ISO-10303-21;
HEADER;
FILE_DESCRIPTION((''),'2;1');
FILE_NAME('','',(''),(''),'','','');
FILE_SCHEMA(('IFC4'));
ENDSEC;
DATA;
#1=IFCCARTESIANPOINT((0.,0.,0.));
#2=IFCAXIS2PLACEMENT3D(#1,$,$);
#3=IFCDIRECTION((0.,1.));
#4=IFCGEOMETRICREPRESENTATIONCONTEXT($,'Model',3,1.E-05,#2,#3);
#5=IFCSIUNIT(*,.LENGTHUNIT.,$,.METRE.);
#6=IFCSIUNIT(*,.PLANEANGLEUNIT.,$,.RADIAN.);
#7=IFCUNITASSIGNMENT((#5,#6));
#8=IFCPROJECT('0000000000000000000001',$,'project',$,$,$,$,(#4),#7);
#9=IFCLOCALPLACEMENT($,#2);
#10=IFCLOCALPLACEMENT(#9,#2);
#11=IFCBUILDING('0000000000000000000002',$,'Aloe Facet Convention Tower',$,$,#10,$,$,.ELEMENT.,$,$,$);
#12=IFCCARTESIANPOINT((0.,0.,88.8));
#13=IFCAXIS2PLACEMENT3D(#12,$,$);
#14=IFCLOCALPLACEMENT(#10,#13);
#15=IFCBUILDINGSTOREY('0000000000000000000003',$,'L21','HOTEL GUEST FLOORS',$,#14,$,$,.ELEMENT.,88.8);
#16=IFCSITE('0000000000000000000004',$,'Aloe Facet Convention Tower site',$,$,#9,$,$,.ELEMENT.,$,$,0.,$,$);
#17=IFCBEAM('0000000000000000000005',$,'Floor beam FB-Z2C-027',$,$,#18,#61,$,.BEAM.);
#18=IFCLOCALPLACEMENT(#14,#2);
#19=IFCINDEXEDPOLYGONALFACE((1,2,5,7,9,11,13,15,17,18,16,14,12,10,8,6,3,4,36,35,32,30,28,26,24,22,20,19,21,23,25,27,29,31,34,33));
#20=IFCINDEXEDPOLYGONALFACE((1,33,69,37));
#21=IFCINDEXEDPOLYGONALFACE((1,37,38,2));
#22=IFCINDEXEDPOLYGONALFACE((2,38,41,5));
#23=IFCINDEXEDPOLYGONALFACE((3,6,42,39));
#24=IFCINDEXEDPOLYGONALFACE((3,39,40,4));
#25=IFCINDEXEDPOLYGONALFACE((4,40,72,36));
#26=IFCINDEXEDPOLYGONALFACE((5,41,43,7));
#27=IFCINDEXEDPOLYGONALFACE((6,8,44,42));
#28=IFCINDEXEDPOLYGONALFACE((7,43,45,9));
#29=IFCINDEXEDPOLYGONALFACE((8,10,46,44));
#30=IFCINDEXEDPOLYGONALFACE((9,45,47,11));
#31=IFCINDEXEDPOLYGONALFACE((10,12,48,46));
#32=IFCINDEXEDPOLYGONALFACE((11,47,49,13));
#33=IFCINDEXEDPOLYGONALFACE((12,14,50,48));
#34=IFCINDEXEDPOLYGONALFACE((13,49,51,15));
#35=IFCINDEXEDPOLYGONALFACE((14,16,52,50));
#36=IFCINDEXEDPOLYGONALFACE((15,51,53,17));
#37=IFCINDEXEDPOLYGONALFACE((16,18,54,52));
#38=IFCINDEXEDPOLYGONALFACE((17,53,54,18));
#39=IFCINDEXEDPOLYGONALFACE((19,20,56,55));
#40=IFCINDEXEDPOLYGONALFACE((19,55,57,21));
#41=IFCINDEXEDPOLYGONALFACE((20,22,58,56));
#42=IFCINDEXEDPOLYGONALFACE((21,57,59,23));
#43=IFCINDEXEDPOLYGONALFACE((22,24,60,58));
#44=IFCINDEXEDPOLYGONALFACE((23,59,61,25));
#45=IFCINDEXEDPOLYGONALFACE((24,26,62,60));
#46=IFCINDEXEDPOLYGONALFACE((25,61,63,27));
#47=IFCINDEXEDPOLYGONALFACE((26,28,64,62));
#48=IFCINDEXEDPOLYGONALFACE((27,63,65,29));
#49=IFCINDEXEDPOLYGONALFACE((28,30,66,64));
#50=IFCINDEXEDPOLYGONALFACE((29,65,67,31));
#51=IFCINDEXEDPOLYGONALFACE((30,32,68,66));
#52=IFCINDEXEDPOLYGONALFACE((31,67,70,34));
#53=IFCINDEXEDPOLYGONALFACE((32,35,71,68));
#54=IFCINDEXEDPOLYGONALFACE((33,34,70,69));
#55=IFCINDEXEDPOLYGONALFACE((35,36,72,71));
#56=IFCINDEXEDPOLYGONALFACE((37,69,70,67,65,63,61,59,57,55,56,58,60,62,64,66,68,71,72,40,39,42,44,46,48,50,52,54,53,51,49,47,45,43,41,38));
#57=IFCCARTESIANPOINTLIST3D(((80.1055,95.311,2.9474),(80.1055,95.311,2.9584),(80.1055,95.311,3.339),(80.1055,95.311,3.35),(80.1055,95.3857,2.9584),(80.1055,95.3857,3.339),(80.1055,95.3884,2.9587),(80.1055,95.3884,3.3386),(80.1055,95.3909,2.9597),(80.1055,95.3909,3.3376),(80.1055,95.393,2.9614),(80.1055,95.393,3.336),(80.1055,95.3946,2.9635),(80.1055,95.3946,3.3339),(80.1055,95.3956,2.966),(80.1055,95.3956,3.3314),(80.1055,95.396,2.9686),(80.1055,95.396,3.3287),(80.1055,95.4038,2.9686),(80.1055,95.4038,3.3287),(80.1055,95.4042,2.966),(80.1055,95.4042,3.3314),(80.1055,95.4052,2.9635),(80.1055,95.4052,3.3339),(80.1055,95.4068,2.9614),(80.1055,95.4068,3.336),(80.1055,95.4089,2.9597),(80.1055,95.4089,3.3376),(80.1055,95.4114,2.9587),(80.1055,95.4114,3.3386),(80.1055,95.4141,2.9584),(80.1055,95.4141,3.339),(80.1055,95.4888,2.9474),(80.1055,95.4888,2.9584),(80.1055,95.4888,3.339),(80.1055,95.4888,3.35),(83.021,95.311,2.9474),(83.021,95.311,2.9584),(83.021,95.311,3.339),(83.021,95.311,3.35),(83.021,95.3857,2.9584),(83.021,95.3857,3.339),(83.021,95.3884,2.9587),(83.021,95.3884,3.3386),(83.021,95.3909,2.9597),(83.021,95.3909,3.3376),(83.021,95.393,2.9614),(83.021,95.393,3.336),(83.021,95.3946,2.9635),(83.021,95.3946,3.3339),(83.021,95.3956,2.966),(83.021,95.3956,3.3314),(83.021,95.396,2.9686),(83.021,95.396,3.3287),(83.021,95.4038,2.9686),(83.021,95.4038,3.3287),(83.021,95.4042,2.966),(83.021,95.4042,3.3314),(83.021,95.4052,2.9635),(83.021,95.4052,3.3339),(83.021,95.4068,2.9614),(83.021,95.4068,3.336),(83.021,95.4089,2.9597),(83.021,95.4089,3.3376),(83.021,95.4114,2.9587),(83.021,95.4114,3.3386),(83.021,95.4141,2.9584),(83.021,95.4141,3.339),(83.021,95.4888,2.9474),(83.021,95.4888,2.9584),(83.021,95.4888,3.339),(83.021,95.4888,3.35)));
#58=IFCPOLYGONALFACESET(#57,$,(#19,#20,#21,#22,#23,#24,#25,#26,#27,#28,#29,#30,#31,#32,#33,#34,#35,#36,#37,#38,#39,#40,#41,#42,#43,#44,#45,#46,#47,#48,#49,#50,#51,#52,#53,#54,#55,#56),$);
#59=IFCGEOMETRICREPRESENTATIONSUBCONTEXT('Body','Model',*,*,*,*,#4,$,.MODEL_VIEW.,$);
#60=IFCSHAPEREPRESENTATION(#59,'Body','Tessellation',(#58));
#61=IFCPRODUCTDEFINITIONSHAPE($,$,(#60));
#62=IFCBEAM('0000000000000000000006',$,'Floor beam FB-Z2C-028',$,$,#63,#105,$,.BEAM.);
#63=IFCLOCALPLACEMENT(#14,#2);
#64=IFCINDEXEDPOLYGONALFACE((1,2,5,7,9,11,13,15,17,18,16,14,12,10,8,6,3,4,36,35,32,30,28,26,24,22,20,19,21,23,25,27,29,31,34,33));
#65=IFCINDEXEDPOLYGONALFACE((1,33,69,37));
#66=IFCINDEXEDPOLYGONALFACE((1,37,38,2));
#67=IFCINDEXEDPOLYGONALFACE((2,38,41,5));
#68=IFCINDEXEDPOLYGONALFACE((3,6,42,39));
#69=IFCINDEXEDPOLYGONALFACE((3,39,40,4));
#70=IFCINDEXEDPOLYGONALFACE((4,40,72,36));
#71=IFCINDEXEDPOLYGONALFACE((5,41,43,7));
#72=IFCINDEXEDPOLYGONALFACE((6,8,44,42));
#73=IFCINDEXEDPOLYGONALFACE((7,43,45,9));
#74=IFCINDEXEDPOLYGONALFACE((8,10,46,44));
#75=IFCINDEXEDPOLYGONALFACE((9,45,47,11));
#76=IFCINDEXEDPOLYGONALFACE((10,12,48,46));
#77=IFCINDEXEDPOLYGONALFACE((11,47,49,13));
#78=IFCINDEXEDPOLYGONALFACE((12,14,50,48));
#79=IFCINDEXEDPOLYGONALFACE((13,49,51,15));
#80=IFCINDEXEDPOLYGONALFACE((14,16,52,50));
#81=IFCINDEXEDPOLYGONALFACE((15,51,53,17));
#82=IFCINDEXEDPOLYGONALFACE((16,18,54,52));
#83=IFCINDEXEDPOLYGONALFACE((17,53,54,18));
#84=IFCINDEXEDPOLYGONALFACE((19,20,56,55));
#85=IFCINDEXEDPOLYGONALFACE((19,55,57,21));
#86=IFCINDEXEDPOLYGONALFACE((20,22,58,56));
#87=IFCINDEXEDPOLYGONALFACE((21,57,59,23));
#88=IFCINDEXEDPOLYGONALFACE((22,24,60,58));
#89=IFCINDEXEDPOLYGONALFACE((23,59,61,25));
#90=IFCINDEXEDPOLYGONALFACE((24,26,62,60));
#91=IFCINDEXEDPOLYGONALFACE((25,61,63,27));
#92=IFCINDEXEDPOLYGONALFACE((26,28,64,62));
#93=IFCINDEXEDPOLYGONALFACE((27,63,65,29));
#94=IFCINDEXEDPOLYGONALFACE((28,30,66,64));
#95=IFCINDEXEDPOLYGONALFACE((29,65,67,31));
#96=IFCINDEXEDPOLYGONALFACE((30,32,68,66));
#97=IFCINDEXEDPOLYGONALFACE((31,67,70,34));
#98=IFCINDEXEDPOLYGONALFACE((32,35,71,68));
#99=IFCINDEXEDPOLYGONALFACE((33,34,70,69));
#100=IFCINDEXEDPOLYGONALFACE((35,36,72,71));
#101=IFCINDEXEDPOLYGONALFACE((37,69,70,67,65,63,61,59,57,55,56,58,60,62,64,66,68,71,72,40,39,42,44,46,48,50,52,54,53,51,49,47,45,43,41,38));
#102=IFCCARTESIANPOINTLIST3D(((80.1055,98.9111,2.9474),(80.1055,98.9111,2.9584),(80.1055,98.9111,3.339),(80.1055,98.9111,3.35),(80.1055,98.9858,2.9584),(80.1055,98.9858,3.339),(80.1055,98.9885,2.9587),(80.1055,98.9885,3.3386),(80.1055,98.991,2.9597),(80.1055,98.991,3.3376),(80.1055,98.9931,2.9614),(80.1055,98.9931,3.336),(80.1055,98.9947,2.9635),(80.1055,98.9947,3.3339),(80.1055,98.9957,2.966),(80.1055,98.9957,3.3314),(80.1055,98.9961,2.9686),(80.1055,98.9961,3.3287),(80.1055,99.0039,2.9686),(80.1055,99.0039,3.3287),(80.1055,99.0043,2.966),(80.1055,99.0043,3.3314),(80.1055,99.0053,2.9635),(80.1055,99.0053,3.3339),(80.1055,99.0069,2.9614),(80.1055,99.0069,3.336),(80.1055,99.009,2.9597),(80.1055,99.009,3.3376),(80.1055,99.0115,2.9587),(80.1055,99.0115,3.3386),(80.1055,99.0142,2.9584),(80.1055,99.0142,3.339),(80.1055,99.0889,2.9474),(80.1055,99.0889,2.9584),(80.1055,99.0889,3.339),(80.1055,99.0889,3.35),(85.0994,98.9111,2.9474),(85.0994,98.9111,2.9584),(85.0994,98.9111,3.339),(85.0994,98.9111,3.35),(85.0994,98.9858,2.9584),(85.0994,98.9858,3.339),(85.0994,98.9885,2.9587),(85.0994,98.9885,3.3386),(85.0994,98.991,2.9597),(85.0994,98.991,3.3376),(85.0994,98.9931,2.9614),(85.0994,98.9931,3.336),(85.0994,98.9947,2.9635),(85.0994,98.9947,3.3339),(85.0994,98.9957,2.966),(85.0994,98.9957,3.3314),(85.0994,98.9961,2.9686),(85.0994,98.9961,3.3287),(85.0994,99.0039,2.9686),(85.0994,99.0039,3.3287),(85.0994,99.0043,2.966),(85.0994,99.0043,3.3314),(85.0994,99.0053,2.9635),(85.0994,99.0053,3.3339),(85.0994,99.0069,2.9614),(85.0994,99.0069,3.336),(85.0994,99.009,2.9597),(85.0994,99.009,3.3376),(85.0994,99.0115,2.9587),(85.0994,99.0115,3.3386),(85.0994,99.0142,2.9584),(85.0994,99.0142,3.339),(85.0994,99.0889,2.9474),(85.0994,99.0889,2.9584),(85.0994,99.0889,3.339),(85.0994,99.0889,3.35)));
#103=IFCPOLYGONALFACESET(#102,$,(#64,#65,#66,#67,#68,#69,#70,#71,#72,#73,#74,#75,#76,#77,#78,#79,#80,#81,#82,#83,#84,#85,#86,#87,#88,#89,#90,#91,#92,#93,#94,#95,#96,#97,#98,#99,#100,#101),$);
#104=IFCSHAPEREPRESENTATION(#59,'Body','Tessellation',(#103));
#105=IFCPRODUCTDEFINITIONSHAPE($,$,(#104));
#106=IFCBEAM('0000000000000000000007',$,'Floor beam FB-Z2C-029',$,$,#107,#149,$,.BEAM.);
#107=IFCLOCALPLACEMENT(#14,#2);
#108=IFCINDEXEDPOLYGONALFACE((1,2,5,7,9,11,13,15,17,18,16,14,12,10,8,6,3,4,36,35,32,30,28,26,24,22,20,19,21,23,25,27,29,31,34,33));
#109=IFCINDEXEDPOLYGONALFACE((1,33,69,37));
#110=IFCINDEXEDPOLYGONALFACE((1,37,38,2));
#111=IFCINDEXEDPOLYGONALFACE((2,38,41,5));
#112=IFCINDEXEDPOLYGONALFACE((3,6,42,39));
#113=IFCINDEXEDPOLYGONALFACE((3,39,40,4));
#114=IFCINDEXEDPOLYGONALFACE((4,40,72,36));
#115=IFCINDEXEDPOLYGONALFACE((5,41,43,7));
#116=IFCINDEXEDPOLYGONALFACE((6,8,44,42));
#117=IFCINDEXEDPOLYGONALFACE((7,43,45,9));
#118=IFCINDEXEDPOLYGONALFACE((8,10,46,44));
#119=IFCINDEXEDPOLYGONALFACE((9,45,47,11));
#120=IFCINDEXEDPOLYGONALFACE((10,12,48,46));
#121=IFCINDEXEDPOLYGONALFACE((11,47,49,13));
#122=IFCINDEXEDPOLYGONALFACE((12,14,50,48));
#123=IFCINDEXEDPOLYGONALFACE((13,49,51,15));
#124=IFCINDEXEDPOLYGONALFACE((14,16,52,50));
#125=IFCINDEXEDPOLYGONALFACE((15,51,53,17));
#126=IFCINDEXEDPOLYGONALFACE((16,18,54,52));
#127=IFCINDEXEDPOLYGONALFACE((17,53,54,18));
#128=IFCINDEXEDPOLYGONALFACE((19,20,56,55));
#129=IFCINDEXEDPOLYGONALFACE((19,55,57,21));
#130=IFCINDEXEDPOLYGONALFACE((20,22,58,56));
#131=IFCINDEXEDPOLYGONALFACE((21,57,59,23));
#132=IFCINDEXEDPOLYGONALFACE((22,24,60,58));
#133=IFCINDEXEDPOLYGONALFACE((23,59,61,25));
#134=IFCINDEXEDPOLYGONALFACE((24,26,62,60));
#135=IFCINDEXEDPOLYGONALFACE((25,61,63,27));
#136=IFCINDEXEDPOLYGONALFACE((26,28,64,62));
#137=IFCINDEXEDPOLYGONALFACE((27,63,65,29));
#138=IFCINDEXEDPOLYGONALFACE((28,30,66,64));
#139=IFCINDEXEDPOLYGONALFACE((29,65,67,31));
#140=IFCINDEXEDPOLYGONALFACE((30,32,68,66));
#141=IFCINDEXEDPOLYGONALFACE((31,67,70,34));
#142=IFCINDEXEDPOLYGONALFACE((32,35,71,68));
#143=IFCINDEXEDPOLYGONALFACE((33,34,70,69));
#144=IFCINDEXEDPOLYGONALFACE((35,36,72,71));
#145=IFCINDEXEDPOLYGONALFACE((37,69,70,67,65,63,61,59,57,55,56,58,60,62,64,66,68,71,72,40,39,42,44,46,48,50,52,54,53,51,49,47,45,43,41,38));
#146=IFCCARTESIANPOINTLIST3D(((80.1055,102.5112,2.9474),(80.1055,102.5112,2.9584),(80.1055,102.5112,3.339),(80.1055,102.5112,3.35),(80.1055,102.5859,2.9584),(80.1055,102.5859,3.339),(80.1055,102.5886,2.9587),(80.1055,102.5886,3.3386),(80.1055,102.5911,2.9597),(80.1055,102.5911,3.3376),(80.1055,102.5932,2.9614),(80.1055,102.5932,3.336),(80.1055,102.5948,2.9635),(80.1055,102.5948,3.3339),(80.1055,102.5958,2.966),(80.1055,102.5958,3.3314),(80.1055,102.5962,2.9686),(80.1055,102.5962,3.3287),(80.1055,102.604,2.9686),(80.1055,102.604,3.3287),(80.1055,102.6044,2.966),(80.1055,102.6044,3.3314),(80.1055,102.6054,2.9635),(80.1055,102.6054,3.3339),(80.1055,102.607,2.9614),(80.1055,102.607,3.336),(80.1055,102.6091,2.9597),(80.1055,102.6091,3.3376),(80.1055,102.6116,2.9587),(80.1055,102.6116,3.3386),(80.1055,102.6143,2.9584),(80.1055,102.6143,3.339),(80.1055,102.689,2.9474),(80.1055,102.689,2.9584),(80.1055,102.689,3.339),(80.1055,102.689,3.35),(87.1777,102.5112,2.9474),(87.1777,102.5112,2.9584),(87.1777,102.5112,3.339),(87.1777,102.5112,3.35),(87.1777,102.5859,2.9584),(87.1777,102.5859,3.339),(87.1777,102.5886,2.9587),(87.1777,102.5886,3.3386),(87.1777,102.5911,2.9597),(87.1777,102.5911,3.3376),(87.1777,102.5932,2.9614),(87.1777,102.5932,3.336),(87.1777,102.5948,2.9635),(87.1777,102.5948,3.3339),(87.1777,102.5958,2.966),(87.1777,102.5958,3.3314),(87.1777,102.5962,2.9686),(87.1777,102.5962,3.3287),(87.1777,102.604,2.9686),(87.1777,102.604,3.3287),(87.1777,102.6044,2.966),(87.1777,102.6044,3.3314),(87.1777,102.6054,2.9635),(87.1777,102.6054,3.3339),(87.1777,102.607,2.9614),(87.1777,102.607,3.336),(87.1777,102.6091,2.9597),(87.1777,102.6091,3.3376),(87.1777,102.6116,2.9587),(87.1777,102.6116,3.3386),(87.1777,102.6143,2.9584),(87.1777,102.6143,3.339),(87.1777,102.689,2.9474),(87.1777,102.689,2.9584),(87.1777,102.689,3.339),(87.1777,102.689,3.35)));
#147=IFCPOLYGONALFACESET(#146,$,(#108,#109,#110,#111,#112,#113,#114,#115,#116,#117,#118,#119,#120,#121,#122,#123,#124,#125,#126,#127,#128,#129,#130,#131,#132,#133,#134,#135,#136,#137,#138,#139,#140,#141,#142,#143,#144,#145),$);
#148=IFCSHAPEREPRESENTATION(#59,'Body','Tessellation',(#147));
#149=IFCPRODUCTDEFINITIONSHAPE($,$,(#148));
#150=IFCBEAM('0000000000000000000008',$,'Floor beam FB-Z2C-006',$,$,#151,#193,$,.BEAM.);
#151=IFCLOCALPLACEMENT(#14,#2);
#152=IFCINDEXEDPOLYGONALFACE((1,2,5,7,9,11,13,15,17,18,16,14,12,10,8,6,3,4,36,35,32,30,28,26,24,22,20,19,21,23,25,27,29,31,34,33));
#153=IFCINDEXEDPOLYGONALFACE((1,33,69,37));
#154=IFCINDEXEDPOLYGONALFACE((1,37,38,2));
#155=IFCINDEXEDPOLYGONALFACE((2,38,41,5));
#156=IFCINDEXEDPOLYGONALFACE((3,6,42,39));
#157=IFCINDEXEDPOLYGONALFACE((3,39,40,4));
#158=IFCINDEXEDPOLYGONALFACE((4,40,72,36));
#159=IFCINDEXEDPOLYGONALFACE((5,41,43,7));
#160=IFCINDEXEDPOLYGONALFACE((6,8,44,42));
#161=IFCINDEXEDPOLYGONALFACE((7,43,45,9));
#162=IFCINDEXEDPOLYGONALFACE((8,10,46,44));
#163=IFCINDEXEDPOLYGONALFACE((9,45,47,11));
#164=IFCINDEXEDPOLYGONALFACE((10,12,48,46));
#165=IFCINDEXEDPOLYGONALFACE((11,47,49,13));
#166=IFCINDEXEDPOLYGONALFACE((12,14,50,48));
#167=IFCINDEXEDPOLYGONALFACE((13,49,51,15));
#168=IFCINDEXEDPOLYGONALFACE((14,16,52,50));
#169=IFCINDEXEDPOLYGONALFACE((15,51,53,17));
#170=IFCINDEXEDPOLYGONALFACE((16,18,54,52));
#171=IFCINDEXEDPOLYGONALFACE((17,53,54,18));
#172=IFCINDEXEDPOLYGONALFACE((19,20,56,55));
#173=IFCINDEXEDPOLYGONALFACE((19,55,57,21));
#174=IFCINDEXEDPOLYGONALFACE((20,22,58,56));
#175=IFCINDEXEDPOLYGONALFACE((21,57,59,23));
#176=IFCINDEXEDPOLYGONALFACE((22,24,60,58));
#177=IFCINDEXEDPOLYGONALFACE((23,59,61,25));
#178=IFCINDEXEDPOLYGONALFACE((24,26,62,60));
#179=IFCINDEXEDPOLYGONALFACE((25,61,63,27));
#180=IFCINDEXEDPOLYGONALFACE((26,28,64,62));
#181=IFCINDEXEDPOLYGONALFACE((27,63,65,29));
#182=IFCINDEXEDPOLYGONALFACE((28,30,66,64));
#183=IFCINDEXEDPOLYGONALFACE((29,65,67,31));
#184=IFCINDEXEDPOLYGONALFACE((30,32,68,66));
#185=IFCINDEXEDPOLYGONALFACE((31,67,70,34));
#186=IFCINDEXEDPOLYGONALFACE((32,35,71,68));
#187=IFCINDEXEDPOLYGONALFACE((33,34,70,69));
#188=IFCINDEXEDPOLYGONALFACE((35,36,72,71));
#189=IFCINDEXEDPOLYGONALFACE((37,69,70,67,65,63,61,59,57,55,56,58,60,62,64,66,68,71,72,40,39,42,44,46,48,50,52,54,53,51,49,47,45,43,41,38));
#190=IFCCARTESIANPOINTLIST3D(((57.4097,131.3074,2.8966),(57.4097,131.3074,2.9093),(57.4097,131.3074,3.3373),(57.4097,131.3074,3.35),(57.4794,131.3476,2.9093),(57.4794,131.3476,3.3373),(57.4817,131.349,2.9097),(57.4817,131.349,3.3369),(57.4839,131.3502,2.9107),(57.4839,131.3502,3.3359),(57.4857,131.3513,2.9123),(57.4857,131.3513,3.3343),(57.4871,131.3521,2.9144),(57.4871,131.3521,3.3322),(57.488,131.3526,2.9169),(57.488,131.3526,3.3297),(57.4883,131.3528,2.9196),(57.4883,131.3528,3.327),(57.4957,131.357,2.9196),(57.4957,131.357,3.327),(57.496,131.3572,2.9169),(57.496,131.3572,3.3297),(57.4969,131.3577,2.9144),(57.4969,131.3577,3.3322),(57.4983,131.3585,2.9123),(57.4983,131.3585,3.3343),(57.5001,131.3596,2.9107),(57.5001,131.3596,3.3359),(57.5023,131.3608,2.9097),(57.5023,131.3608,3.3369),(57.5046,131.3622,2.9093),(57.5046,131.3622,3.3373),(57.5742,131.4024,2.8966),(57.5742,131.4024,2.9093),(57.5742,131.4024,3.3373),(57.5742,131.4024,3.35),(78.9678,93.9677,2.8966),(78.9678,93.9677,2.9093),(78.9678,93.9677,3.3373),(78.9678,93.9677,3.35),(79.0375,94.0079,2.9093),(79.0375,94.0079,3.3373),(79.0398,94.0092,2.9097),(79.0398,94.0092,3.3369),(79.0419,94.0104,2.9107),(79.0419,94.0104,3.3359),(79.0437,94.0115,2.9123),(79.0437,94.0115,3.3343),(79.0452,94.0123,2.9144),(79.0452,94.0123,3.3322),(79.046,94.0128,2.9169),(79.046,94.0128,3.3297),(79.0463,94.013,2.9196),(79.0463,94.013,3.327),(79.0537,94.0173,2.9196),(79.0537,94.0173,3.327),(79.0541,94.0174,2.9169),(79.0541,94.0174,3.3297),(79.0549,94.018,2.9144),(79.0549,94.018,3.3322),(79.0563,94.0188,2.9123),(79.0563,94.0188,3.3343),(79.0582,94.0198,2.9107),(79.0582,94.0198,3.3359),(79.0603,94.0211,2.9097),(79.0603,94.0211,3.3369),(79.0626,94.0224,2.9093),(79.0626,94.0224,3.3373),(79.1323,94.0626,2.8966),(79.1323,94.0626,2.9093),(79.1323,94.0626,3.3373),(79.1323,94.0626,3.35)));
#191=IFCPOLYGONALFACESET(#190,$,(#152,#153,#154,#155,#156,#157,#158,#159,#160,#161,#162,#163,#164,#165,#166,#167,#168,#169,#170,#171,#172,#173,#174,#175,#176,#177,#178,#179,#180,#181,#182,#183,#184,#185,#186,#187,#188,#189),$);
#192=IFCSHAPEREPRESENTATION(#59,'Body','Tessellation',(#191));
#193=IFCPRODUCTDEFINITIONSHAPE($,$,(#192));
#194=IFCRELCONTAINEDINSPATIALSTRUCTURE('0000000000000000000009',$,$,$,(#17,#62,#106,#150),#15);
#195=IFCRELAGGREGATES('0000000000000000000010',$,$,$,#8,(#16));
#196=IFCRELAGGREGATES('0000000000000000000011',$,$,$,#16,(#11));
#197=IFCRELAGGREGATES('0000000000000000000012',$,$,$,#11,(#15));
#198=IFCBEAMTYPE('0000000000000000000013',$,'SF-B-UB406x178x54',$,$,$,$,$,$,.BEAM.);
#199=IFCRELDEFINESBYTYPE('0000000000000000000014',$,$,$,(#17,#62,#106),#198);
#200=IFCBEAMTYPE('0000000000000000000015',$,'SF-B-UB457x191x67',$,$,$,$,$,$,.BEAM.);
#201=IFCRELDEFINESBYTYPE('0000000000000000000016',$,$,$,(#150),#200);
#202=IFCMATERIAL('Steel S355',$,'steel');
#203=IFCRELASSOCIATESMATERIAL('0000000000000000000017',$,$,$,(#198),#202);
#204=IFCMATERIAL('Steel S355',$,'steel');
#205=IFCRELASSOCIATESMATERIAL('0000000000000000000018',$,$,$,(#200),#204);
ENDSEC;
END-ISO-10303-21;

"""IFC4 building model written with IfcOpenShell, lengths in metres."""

from ifc_helpers import new_model, si_unit, direction, frame, origin, origin_2d, place, context, subcontext, project, spatial, i_section, extrude, material, material_profile, profile_set, type_object, element, save


model = new_model("IFC4")

# Units and contexts
model_context = context("Model", 3, precision=1e-05, world=origin(), true_north=direction((0.0, 1.0)))
body_context = subcontext(model_context, "Body", "Model", "MODEL_VIEW")
ifc_project = project(units=[si_unit("LENGTHUNIT", "METRE"), si_unit("PLANEANGLEUNIT", "RADIAN")], contexts=[model_context])

# Site, building, storey
site_placement = place(None, origin())
site = spatial("IfcSite", under=ifc_project, at=site_placement, Name="Aloe Facet Convention Tower site", CompositionType="ELEMENT", RefElevation=0.0)
building_placement = place(site_placement, origin())
building = spatial("IfcBuilding", under=site, at=building_placement, Name="Aloe Facet Convention Tower", CompositionType="ELEMENT")
storey_placement = place(building_placement, frame((0.0, 0.0, 88.8)))
storey = spatial("IfcBuildingStorey", under=building, at=storey_placement, Name="L21", Description="HOTEL GUEST FLOORS", CompositionType="ELEMENT", Elevation=88.8)

# Beams
ifc_material_1 = material(Name="Steel S355", Category="steel")
ifc_material_profile_1 = material_profile(ifc_material_1, i_section(OverallWidth=0.1777, OverallDepth=0.4026, WebThickness=0.0078, FlangeThickness=0.011, FilletRadius=0.0103, at=origin_2d()), Name="UB 406x178x54")
ifc_profile_set_1 = profile_set([ifc_material_profile_1], Name="Steel S355")
beam_type_1 = type_object("IfcBeamType", Name="SF-B-UB406x178x54", PredefinedType="BEAM", material=ifc_profile_set_1)
for number, where, z_axis, x_axis, name in (
    (1, (80.1055, 95.3999, 3.1487), (1.0, 0.0, 0.0), (0.0, 1.0, 0.0), "Floor beam FB-Z2C-027"),
):
    element("IfcBeam", number, at=place(storey_placement, frame(where, z_axis=z_axis, x_axis=x_axis)), inside=storey, type_object=beam_type_1, Name=name, PredefinedType="BEAM", context=body_context, shape_type="SweptSolid", body=[
        extrude(i_section(OverallWidth=0.1777, OverallDepth=0.4026, WebThickness=0.0078, FlangeThickness=0.011, FilletRadius=0.0103, at=origin_2d()), origin(), (0.0, 0.0, 1.0), 2.9155),
    ])
beam_1_placement = place(storey_placement, frame((80.1055, 99.0, 3.1487), z_axis=(1.0, 0.0, 0.0), x_axis=(0.0, 1.0, 0.0)))
element("IfcBeam", 2, at=beam_1_placement, inside=storey, type_object=beam_type_1, Name="Floor beam FB-Z2C-028", PredefinedType="BEAM", context=body_context, shape_type="SweptSolid", body=[
    extrude(i_section(OverallWidth=0.1777, OverallDepth=0.4026, WebThickness=0.0078, FlangeThickness=0.011, FilletRadius=0.0103, at=origin_2d()), origin(), (0.0, 0.0, 1.0), 4.9939),
])
beam_2_placement = place(storey_placement, frame((80.1055, 102.6001, 3.1487), z_axis=(1.0, 0.0, 0.0), x_axis=(0.0, 1.0, 0.0)))
element("IfcBeam", 3, at=beam_2_placement, inside=storey, type_object=beam_type_1, Name="Floor beam FB-Z2C-029", PredefinedType="BEAM", context=body_context, shape_type="SweptSolid", body=[
    extrude(i_section(OverallWidth=0.1777, OverallDepth=0.4026, WebThickness=0.0078, FlangeThickness=0.011, FilletRadius=0.0103, at=origin_2d()), origin(), (0.0, 0.0, 1.0), 7.0723),
])
ifc_material_2 = material(Name="Steel S355", Category="steel")
ifc_material_profile_2 = material_profile(ifc_material_2, i_section(OverallWidth=0.1899, OverallDepth=0.4534, WebThickness=0.0085, FlangeThickness=0.0127, FilletRadius=0.0103, at=origin_2d()), Name="UB 457x191x67")
ifc_profile_set_2 = profile_set([ifc_material_profile_2], Name="Steel S355")
beam_type_2 = type_object("IfcBeamType", Name="SF-B-UB457x191x67", PredefinedType="BEAM", material=ifc_profile_set_2)
beam_3_placement = place(storey_placement, frame((79.05, 94.0151, 3.1233), z_axis=(-0.499999, 0.866026, 0.0), x_axis=(-0.866026, -0.499999, 0.0)))
element("IfcBeam", 4, at=beam_3_placement, inside=storey, type_object=beam_type_2, Name="Floor beam FB-Z2C-006", PredefinedType="BEAM", context=body_context, shape_type="SweptSolid", body=[
    extrude(i_section(OverallWidth=0.1899, OverallDepth=0.4534, WebThickness=0.0085, FlangeThickness=0.0127, FilletRadius=0.0103, at=origin_2d()), origin(), (0.0, 0.0, 1.0), 43.1162),
])

save(model, "model.ifc")
